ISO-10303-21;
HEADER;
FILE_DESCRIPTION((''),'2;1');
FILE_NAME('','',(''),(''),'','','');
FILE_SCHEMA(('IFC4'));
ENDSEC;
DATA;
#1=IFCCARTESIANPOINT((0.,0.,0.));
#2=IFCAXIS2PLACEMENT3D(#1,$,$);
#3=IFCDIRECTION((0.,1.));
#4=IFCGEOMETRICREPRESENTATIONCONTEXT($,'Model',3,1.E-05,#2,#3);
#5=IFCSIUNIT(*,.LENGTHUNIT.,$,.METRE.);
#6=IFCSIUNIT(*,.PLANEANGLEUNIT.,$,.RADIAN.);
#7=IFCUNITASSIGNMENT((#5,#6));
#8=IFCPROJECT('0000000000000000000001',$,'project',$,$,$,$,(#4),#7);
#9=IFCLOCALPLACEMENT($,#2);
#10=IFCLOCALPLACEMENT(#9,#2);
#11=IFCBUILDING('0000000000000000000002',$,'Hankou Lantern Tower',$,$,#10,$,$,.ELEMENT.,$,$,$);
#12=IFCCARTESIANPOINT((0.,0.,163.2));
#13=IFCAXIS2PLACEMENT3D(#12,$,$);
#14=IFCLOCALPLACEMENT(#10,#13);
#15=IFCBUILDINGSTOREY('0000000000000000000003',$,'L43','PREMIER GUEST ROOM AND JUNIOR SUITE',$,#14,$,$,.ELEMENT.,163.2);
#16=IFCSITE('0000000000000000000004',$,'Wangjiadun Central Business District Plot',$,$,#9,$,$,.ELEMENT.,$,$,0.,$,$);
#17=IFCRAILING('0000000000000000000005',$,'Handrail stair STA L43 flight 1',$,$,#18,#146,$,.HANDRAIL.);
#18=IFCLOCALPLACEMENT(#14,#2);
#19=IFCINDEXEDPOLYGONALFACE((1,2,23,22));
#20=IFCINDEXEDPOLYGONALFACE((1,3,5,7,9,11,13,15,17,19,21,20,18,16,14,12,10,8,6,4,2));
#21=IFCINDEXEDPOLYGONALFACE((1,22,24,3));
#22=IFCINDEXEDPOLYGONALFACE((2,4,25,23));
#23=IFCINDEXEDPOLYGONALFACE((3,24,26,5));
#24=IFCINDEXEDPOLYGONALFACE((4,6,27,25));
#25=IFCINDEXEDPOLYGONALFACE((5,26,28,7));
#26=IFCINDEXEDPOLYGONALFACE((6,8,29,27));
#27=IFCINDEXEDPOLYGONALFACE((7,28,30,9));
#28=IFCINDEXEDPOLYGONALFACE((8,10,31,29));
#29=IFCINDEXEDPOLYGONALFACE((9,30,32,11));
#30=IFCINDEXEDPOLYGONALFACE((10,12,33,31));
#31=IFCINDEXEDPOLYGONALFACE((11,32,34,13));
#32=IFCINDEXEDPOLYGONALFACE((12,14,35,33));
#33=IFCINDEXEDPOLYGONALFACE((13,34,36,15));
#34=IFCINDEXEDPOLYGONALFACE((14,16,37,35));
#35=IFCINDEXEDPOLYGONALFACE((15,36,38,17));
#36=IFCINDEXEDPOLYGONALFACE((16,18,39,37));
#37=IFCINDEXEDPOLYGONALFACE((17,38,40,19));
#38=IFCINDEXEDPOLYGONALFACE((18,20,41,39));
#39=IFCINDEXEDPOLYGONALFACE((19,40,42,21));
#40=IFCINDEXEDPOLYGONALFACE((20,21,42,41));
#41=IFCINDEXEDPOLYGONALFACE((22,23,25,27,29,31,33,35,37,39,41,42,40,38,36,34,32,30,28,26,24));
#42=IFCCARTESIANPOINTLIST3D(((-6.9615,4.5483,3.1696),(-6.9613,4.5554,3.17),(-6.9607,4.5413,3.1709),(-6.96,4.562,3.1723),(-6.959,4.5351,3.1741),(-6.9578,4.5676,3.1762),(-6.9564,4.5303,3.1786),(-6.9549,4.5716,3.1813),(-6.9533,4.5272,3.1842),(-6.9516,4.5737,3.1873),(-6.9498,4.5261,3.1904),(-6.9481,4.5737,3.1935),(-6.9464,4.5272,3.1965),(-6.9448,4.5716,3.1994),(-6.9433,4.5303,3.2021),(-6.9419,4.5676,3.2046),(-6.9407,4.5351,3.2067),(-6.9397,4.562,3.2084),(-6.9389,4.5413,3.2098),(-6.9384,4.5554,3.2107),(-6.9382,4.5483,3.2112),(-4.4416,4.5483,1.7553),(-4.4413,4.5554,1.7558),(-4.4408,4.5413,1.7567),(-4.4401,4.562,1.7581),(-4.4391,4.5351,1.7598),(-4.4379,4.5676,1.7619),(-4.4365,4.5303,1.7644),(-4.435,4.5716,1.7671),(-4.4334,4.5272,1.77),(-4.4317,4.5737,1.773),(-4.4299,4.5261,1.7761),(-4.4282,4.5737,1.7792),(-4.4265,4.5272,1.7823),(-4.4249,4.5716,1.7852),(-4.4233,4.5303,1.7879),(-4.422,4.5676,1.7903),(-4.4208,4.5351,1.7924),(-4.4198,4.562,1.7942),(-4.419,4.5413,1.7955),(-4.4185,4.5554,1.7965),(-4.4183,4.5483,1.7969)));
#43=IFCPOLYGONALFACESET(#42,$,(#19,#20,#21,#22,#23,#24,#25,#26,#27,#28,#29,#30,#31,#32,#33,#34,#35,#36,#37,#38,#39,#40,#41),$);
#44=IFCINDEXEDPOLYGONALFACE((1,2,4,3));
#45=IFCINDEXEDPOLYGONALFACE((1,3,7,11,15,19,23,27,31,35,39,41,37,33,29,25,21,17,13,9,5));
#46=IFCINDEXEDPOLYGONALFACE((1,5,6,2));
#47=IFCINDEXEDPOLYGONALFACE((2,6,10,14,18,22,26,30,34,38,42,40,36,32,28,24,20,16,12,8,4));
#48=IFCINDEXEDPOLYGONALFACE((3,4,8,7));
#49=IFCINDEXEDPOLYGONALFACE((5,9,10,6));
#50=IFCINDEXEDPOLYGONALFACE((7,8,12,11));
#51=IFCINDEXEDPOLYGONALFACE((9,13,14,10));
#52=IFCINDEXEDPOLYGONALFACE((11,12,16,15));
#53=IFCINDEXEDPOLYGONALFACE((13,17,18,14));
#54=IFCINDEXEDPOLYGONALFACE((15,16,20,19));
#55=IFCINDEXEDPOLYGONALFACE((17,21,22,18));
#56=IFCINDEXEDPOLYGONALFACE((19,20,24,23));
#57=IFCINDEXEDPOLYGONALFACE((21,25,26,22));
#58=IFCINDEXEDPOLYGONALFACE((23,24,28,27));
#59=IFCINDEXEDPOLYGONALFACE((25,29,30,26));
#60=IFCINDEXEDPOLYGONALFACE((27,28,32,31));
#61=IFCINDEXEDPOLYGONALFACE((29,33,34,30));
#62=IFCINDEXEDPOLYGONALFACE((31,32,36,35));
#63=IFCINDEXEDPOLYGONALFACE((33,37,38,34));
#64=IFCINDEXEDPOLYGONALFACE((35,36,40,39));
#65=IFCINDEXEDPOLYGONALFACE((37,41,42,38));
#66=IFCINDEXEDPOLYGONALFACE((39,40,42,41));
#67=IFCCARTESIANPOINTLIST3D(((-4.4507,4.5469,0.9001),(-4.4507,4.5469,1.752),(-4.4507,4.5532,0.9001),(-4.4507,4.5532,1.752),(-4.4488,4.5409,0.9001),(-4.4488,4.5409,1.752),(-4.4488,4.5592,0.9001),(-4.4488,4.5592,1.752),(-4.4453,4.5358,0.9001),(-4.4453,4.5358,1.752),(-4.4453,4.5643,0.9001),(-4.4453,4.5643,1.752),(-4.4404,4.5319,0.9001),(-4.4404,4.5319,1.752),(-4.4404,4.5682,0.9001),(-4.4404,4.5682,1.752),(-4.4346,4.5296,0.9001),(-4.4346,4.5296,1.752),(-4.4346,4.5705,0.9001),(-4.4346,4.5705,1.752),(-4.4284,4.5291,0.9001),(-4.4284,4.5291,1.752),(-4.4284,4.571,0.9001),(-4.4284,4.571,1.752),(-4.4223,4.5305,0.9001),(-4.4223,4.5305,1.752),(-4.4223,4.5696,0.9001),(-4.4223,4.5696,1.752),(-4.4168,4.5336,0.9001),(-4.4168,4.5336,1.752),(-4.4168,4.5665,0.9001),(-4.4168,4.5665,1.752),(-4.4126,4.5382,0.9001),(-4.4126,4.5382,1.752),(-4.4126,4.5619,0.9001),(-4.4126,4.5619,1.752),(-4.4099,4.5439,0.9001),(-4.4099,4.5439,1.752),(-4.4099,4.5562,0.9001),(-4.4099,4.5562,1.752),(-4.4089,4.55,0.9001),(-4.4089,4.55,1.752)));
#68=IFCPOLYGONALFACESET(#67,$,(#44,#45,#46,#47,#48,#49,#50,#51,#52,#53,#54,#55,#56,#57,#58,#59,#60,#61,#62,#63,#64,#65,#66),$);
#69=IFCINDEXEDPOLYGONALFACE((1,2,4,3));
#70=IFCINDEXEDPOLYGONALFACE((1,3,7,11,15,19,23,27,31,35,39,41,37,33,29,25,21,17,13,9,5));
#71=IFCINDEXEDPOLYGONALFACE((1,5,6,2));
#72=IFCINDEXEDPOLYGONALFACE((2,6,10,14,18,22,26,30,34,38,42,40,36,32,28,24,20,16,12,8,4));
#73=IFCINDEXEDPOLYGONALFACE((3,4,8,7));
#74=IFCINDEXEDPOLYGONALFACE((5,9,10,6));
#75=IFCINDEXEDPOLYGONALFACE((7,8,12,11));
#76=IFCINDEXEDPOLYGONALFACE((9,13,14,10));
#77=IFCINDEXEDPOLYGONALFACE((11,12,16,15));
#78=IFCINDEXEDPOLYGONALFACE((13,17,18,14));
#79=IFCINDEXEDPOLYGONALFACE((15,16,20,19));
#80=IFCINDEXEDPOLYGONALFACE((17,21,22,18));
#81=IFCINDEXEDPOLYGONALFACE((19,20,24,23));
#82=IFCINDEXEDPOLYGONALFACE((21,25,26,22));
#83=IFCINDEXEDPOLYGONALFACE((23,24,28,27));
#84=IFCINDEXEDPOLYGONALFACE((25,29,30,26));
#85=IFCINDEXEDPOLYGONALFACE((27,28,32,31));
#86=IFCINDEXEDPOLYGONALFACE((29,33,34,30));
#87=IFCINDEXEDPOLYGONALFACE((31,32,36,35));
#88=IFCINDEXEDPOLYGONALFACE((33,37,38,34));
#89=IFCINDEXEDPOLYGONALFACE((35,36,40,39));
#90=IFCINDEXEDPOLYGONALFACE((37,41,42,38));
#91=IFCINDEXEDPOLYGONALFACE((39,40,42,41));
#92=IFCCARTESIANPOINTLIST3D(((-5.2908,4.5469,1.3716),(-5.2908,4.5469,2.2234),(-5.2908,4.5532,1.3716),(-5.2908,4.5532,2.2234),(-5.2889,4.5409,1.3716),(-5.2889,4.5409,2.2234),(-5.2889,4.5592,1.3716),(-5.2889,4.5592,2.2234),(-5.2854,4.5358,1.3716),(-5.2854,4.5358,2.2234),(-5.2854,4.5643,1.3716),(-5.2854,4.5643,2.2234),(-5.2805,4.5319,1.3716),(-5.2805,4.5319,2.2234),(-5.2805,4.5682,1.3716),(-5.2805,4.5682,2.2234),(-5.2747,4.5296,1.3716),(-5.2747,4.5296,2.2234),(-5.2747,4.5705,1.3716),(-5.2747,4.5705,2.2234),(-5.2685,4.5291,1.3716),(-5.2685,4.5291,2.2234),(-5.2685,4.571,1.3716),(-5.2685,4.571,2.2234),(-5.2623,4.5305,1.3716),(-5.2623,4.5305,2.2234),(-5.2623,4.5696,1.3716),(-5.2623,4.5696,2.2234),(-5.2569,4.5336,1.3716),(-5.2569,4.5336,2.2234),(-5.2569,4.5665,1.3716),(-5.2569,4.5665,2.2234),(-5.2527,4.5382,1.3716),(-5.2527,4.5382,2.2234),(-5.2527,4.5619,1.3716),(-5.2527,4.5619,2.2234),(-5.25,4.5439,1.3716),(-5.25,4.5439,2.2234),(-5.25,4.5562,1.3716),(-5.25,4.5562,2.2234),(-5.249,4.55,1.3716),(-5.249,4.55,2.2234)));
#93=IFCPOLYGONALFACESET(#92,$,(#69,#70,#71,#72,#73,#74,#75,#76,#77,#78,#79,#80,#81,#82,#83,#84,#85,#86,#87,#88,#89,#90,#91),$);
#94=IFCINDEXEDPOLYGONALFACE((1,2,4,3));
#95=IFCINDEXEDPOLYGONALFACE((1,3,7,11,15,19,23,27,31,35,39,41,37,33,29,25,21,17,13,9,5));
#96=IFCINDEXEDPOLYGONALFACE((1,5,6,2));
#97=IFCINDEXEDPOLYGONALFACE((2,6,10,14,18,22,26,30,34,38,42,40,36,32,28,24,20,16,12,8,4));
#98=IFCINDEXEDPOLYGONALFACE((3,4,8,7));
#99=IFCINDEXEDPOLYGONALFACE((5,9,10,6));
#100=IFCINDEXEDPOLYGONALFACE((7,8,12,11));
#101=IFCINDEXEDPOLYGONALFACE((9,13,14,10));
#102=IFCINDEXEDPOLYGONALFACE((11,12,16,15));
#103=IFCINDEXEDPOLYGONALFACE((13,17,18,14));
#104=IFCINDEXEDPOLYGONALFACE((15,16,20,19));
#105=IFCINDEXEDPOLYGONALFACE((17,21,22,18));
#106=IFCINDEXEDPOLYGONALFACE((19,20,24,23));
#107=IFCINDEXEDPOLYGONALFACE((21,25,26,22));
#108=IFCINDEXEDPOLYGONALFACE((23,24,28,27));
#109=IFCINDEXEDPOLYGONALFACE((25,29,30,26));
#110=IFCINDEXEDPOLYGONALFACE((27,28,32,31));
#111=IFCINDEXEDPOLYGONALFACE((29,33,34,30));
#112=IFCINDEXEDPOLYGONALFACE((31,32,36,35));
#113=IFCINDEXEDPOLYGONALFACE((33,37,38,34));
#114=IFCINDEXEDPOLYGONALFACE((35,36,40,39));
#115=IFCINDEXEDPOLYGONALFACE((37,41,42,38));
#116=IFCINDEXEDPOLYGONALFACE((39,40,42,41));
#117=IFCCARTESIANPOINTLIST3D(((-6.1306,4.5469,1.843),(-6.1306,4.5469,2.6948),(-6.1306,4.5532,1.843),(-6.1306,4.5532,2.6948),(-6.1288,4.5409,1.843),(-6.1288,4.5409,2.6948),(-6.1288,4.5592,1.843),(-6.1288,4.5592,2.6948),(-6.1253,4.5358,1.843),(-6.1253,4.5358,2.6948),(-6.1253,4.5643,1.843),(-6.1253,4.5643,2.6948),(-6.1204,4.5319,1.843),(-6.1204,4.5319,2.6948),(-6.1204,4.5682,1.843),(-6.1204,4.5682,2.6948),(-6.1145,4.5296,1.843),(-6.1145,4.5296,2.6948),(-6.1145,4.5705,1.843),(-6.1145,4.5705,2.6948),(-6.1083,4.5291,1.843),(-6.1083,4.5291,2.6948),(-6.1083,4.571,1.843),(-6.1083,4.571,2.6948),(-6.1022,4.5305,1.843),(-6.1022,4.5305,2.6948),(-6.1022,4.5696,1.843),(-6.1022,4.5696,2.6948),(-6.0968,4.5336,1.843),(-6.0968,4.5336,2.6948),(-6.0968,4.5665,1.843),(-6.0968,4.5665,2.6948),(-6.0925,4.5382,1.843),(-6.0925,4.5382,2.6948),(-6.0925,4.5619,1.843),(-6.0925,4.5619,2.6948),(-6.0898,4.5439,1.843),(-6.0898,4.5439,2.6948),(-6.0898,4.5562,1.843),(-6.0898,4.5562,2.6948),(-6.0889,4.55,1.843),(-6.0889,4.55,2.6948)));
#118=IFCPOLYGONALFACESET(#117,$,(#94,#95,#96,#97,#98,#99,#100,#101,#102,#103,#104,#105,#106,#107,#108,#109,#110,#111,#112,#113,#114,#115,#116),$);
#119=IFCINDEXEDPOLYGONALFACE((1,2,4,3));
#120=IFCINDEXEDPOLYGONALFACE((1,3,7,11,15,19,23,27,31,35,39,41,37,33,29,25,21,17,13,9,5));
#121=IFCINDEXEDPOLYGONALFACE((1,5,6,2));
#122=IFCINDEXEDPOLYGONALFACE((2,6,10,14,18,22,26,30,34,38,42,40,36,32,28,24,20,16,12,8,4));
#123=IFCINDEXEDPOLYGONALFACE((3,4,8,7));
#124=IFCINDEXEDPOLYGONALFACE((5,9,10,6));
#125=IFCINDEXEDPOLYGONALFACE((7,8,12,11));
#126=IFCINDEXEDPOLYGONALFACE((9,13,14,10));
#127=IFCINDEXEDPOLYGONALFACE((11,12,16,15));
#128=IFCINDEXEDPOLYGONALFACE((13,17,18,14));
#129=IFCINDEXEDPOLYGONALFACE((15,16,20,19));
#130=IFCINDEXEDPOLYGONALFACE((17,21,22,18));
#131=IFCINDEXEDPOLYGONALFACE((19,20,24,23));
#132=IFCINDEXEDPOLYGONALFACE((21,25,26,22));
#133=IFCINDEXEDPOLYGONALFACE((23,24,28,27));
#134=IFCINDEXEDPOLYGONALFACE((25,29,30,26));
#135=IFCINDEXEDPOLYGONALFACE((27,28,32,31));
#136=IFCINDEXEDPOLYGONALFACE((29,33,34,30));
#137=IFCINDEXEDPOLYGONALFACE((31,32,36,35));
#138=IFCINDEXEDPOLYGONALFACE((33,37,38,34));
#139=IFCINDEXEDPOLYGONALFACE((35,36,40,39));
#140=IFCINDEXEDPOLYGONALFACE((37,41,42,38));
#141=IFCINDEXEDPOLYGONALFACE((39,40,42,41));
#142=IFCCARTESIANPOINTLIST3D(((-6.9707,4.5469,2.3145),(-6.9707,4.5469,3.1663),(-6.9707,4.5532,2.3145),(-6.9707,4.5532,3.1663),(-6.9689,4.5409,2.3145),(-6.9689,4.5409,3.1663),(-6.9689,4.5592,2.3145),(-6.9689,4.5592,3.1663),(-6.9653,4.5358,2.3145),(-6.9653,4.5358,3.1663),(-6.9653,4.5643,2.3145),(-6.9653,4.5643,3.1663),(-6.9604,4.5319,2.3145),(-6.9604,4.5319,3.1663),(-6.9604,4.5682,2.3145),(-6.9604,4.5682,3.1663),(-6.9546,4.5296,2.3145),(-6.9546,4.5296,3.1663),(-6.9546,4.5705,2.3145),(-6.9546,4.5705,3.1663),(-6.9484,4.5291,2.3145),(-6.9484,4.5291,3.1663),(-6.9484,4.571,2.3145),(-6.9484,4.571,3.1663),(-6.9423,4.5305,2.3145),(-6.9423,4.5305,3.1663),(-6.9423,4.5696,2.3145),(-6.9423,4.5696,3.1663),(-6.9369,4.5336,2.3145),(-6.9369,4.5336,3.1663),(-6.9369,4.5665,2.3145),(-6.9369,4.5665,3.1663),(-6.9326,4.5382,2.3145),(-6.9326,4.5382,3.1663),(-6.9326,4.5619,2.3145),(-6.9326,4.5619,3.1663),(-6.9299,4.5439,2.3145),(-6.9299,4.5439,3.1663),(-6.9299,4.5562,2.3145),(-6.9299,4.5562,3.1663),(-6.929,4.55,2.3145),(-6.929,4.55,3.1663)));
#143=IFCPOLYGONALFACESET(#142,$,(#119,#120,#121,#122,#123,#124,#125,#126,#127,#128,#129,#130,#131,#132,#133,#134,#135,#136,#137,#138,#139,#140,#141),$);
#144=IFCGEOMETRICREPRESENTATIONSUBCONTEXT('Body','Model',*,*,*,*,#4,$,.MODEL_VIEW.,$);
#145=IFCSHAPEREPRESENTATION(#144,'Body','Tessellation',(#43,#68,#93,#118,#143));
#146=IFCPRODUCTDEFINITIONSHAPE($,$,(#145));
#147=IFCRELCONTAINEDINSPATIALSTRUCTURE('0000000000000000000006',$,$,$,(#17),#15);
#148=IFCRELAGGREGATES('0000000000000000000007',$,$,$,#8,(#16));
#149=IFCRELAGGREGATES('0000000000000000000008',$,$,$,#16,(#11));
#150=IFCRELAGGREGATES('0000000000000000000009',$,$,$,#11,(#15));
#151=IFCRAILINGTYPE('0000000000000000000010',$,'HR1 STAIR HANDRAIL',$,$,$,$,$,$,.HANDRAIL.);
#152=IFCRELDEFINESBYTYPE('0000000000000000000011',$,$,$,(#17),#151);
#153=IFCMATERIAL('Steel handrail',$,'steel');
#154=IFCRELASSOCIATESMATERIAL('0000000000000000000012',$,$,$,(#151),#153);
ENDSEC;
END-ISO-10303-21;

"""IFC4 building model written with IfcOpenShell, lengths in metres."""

from ifc_helpers import new_model, si_unit, direction, frame, origin, origin_2d, place, context, subcontext, project, spatial, circle, extrude, material, type_object, element, save


model = new_model("IFC4")

# Units and contexts
model_context = context("Model", 3, precision=1e-05, world=origin(), true_north=direction((0.0, 1.0)))
body_context = subcontext(model_context, "Body", "Model", "MODEL_VIEW")
ifc_project = project(units=[si_unit("LENGTHUNIT", "METRE"), si_unit("PLANEANGLEUNIT", "RADIAN")], contexts=[model_context])

# Site, building, storey
site_placement = place(None, origin())
site = spatial("IfcSite", under=ifc_project, at=site_placement, Name="Wangjiadun Central Business District Plot", CompositionType="ELEMENT", RefElevation=0.0)
building_placement = place(site_placement, origin())
building = spatial("IfcBuilding", under=site, at=building_placement, Name="Hankou Lantern Tower", CompositionType="ELEMENT")
storey_placement = place(building_placement, frame((0.0, 0.0, 163.2)))
storey = spatial("IfcBuildingStorey", under=building, at=storey_placement, Name="L43", Description="PREMIER GUEST ROOM AND JUNIOR SUITE", CompositionType="ELEMENT", Elevation=163.2)

# Railing
ifc_material_1 = material(Name="Steel handrail", Category="steel")
railing_type = type_object("IfcRailingType", Name="HR1 STAIR HANDRAIL", PredefinedType="HANDRAIL", material=ifc_material_1)
railing_placement = place(storey_placement, frame((-4.4299, 4.55, 0.9001)))
element("IfcRailing", 1, at=railing_placement, inside=storey, type_object=railing_type, Name="Handrail stair STA L43 flight 1", PredefinedType="HANDRAIL", context=body_context, shape_type="SweptSolid", body=[
    extrude(circle(Radius=0.0239, at=origin_2d()), frame((0.0, 0.0, 0.876), z_axis=(-0.872049, 0.0, 0.489419), x_axis=(0.0, -1.0, 0.0)), (0.0, 0.0, 1.0), 2.8896),
    extrude(circle(Radius=0.021, at=origin_2d()), origin(), (0.0, 0.0, 1.0), 0.8518),
    extrude(circle(Radius=0.021, at=origin_2d()), frame((-0.8401, 0.0, 0.4714)), (0.0, 0.0, 1.0), 0.8518),
    extrude(circle(Radius=0.021, at=origin_2d()), frame((-1.6799, 0.0, 0.9429)), (0.0, 0.0, 1.0), 0.8518),
    extrude(circle(Radius=0.021, at=origin_2d()), frame((-2.52, 0.0, 1.4143)), (0.0, 0.0, 1.0), 0.8518),
])

save(model, "model.ifc")
